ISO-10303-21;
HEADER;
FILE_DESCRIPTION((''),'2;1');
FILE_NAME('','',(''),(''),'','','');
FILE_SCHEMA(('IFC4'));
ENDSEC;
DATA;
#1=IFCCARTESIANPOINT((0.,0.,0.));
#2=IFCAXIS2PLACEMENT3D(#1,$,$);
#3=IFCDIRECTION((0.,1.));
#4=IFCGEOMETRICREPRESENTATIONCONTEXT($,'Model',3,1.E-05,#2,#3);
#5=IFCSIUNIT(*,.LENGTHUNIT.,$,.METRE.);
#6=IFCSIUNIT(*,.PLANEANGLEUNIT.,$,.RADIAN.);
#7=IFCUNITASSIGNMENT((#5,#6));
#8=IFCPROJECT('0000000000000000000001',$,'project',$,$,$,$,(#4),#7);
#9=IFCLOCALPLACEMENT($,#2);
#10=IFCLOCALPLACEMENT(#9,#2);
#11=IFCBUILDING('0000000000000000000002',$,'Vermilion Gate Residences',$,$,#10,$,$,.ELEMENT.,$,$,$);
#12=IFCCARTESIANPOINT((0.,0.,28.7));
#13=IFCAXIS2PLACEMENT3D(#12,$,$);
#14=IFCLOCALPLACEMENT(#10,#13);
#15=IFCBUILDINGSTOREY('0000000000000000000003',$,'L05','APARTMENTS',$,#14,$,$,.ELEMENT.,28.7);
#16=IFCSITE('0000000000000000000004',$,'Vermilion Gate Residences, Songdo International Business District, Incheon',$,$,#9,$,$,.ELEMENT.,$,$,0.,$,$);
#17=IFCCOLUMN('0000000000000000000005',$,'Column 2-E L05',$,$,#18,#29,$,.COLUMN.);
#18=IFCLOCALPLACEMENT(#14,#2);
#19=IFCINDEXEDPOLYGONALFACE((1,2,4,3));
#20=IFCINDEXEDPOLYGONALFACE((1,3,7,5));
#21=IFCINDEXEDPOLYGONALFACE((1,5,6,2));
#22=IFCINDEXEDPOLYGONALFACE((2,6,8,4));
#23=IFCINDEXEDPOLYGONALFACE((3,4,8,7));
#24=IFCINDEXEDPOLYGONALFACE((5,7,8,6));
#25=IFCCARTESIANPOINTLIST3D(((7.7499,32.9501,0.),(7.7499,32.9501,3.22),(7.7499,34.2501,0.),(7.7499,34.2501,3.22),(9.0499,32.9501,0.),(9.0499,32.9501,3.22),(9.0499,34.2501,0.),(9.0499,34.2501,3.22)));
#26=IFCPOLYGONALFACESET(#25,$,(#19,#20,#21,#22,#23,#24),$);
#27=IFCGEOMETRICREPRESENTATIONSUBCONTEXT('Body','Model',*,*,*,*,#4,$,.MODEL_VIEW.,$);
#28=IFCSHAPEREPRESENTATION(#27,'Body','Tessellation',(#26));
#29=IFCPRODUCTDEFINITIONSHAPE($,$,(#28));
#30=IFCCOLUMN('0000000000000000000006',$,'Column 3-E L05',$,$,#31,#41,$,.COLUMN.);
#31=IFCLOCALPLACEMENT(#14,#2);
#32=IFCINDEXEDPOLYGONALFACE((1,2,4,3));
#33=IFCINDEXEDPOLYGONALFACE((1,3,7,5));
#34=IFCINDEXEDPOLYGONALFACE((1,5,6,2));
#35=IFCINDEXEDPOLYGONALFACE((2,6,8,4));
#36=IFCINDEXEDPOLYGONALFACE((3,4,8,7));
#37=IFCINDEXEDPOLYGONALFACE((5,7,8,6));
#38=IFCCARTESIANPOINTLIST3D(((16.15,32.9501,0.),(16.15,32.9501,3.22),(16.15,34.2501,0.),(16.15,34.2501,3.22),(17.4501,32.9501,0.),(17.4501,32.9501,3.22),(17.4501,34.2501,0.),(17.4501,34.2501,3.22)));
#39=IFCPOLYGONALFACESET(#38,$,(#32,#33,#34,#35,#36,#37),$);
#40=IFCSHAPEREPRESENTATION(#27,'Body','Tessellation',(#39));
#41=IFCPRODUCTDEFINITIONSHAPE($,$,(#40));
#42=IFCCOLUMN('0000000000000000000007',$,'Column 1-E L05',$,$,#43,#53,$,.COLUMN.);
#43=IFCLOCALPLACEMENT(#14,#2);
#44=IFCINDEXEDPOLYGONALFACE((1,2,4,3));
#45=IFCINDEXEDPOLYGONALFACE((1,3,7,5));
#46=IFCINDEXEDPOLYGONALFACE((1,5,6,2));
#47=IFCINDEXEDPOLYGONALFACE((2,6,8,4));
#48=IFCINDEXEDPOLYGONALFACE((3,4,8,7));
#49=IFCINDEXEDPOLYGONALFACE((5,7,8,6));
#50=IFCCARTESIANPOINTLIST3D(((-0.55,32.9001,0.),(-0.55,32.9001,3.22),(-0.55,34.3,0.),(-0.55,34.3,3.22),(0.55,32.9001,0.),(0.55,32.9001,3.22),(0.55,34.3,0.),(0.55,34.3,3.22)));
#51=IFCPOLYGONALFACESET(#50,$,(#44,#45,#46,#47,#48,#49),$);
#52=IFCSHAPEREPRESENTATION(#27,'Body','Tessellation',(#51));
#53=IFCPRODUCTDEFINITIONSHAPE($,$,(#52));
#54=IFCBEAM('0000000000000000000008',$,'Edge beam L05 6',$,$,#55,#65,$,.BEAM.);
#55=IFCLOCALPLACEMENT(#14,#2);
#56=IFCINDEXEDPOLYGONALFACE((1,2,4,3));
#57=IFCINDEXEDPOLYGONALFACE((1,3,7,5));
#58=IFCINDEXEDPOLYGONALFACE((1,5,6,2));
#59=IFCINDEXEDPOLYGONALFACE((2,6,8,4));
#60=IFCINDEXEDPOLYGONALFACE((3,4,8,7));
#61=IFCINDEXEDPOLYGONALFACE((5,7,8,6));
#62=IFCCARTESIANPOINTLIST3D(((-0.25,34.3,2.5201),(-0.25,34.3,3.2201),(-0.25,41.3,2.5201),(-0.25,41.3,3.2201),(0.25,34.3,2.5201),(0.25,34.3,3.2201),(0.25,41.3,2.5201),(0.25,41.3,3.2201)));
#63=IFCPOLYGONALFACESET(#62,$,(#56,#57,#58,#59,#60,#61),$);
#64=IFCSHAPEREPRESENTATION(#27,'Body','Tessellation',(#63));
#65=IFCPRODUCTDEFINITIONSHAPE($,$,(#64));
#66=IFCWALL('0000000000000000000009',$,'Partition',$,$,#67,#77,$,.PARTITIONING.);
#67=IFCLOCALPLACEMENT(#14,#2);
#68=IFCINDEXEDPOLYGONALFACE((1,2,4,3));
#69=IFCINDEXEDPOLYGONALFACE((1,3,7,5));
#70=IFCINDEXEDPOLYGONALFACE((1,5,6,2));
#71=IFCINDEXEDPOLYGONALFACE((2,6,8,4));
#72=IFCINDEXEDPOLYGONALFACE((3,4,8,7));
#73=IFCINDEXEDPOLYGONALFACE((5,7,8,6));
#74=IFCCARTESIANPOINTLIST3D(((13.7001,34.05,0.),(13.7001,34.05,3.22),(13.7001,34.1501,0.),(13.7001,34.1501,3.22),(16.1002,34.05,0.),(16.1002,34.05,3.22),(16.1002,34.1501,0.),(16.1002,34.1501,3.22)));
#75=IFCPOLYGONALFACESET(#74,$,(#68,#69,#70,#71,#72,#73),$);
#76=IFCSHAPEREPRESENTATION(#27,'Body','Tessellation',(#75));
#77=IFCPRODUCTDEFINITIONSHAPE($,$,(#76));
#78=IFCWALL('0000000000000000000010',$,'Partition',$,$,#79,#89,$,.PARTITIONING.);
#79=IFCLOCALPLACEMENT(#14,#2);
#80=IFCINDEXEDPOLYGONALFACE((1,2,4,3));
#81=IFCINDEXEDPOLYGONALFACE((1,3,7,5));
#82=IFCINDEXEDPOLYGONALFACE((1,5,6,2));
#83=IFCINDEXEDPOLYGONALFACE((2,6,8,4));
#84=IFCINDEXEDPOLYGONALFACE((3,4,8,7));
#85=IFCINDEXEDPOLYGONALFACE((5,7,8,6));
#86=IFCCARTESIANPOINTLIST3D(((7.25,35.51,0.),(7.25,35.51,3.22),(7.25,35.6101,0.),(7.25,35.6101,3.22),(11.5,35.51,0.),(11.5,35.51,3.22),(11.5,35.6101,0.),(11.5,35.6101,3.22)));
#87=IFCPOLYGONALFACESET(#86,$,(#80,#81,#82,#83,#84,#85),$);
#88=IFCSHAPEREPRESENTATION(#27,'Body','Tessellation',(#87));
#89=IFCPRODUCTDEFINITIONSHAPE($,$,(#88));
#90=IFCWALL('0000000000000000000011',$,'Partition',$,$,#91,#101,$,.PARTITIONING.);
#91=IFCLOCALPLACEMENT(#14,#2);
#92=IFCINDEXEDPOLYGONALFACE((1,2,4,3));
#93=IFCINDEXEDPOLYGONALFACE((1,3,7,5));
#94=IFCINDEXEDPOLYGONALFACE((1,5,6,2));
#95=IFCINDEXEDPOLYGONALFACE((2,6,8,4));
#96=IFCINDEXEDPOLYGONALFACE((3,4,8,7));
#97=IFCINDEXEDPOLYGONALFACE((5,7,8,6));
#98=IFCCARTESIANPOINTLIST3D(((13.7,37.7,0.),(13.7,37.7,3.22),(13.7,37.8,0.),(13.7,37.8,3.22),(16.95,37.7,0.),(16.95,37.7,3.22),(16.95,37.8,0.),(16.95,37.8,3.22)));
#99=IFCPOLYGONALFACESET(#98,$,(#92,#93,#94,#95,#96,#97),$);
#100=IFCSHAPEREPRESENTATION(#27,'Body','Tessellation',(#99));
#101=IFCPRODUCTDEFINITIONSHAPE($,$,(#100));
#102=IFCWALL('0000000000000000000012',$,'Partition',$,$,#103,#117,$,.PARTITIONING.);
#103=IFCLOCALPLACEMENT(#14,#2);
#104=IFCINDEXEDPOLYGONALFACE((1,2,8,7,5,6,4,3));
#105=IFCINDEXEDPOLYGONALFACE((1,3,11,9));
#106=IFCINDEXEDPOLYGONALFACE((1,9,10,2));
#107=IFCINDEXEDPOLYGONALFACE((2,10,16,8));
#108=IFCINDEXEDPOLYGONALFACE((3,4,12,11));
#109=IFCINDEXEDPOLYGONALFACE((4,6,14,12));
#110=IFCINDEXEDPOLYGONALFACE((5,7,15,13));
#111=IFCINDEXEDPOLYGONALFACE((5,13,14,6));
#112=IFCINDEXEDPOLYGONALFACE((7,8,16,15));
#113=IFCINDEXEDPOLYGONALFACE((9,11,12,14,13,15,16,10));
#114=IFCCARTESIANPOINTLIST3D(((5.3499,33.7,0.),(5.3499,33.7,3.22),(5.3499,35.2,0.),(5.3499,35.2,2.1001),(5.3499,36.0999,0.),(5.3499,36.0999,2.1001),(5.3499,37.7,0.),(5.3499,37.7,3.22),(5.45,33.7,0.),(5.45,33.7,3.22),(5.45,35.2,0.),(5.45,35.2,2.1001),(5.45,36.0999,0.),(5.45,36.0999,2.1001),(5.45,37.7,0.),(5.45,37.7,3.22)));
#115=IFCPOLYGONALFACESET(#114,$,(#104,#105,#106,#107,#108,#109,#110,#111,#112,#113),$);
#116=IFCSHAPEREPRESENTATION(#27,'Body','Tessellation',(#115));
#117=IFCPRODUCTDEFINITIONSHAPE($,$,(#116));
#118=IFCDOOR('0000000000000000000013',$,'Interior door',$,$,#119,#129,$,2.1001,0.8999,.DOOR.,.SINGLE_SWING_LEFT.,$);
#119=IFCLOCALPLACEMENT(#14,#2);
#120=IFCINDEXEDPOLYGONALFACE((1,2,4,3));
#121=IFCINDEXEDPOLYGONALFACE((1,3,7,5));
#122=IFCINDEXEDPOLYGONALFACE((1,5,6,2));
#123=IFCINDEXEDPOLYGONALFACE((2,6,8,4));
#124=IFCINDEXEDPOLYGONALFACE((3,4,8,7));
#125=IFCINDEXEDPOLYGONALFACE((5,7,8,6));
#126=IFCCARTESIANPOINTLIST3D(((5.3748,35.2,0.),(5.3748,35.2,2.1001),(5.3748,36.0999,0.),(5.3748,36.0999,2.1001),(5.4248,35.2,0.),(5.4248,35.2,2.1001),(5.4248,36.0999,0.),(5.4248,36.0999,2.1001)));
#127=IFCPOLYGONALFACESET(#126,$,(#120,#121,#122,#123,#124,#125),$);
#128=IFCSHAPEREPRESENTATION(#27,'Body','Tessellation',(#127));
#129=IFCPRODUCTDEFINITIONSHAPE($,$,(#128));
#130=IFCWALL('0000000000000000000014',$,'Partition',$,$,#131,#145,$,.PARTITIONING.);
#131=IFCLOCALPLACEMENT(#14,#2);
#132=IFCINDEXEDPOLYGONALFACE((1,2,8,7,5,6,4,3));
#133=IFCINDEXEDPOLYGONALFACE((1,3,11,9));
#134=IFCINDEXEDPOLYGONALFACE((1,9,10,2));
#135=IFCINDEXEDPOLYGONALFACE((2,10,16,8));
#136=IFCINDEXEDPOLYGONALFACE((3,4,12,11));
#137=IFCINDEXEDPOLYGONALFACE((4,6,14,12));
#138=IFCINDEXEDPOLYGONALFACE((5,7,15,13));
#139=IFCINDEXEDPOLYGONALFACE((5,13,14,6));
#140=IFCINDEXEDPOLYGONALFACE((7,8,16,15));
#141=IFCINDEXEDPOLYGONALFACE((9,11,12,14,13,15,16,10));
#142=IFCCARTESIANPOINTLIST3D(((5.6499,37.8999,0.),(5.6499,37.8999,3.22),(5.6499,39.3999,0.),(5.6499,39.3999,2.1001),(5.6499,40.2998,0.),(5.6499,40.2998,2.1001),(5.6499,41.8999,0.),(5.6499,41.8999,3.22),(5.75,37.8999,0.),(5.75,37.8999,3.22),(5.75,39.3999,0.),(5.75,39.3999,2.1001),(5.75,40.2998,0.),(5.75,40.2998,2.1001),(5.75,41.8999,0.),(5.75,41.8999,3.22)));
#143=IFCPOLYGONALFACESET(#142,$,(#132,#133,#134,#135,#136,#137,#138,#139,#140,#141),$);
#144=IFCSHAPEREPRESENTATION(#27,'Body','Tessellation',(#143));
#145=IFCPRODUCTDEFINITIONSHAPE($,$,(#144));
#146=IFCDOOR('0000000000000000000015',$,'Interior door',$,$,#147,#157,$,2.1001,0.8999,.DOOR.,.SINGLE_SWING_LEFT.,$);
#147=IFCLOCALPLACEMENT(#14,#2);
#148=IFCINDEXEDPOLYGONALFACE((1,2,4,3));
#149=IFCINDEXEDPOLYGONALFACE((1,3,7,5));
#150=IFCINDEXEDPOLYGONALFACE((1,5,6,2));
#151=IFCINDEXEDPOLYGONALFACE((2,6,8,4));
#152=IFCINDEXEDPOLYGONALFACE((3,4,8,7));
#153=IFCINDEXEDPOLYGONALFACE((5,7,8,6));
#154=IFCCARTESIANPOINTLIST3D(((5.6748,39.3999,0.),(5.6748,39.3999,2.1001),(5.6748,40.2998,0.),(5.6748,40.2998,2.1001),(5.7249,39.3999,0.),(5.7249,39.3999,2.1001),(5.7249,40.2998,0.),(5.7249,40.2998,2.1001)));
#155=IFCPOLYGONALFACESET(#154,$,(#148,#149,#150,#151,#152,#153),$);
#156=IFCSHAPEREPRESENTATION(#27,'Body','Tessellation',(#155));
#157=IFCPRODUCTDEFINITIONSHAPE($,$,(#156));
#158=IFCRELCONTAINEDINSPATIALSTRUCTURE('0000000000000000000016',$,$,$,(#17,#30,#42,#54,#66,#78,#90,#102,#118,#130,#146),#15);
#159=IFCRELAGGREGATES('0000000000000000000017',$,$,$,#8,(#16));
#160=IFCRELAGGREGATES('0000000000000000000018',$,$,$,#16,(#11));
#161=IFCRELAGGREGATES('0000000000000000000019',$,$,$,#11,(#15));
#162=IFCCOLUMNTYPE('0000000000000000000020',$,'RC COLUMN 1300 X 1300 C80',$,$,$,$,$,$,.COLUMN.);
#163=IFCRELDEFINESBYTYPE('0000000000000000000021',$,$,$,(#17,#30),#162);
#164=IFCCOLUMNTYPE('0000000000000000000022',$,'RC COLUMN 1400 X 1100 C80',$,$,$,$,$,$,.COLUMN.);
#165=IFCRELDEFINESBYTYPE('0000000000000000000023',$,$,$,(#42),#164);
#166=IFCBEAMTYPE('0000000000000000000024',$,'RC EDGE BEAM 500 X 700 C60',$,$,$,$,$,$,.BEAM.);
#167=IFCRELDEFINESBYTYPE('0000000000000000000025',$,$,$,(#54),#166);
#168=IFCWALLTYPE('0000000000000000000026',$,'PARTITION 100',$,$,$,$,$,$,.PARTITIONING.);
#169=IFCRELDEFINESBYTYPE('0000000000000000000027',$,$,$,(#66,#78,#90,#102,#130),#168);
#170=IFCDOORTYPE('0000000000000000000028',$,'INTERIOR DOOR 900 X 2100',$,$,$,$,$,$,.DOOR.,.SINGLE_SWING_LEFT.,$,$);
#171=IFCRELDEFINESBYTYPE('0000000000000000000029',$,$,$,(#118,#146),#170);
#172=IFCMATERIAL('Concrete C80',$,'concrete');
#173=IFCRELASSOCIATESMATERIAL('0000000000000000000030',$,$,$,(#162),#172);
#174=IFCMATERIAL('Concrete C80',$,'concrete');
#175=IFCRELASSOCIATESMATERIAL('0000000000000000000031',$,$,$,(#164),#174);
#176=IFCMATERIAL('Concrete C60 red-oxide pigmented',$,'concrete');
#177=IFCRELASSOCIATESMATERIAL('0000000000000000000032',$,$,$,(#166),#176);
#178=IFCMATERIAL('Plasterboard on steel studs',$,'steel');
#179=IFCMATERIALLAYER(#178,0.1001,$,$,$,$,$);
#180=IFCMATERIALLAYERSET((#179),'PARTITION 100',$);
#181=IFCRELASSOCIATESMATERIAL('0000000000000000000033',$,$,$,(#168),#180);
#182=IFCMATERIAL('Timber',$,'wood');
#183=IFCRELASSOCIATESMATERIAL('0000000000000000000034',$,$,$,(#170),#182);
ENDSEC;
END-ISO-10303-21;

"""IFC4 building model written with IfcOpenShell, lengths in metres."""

from ifc_helpers import new_model, si_unit, direction, frame, frame_2d, origin, origin_2d, place, context, subcontext, project, spatial, rectangle, extrude, material, layer, layer_set, material_profile, profile_set, type_object, element, fill, save


model = new_model("IFC4")

# Units and contexts
model_context = context("Model", 3, precision=1e-05, world=origin(), true_north=direction((0.0, 1.0)))
body_context = subcontext(model_context, "Body", "Model", "MODEL_VIEW")
ifc_project = project(units=[si_unit("LENGTHUNIT", "METRE"), si_unit("PLANEANGLEUNIT", "RADIAN")], contexts=[model_context])

# Site, building, storey
site_placement = place(None, origin())
site = spatial("IfcSite", under=ifc_project, at=site_placement, Name="Vermilion Gate Residences, Songdo International Business District, Incheon", CompositionType="ELEMENT", RefElevation=0.0)
building_placement = place(site_placement, origin())
building = spatial("IfcBuilding", under=site, at=building_placement, Name="Vermilion Gate Residences", CompositionType="ELEMENT")
storey_placement = place(building_placement, frame((0.0, 0.0, 28.7)))
storey = spatial("IfcBuildingStorey", under=building, at=storey_placement, Name="L05", Description="APARTMENTS", CompositionType="ELEMENT", Elevation=28.7)

# Columns
ifc_material_1 = material(Name="Concrete C80", Category="concrete")
ifc_material_profile_1 = material_profile(ifc_material_1, rectangle(XDim=1.3, YDim=1.3, at=origin_2d()), Name="RC-1300x1300")
ifc_profile_set_1 = profile_set([ifc_material_profile_1], Name="Concrete C80")
column_type_1 = type_object("IfcColumnType", Name="RC COLUMN 1300 X 1300 C80", PredefinedType="COLUMN", material=ifc_profile_set_1)
for number, where, z_axis, x_axis, name in (
    (1, (8.3999, 33.6001, 0.0), (0.0, 0.0, 1.0), (1.0, 0.0, 0.0), "Column 2-E L05"),
    (2, (16.8, 33.6001, 0.0), (0.0, 0.0, 1.0), (1.0, 0.0, 0.0), "Column 3-E L05"),
):
    element("IfcColumn", number, at=place(storey_placement, frame(where, z_axis=z_axis, x_axis=x_axis)), inside=storey, type_object=column_type_1, Name=name, PredefinedType="COLUMN", context=body_context, shape_type="SweptSolid", body=[
        extrude(rectangle(XDim=1.3, YDim=1.3, at=origin_2d()), origin(), (0.0, 0.0, 1.0), 3.22),
    ])
ifc_material_2 = material(Name="Concrete C80", Category="concrete")
ifc_material_profile_2 = material_profile(ifc_material_2, rectangle(XDim=1.3999, YDim=1.1001, at=origin_2d()), Name="RC-1400x1100")
ifc_profile_set_2 = profile_set([ifc_material_profile_2], Name="Concrete C80")
column_type_2 = type_object("IfcColumnType", Name="RC COLUMN 1400 X 1100 C80", PredefinedType="COLUMN", material=ifc_profile_set_2)
column_placement = place(storey_placement, frame((0.0, 33.6001, 0.0), z_axis=(0.0, 0.0, 1.0), x_axis=(0.0, 1.0, 0.0)))
element("IfcColumn", 3, at=column_placement, inside=storey, type_object=column_type_2, Name="Column 1-E L05", PredefinedType="COLUMN", context=body_context, shape_type="SweptSolid", body=[
    extrude(rectangle(XDim=1.3999, YDim=1.1001, at=origin_2d()), origin(), (0.0, 0.0, 1.0), 3.22),
])

# Beam
ifc_material_3 = material(Name="Concrete C60 red-oxide pigmented", Category="concrete")
ifc_material_profile_3 = material_profile(ifc_material_3, rectangle(XDim=0.5, YDim=0.7, at=origin_2d()), Name="RC-500x700")
ifc_profile_set_3 = profile_set([ifc_material_profile_3], Name="Concrete C60 red-oxide pigmented")
beam_type = type_object("IfcBeamType", Name="RC EDGE BEAM 500 X 700 C60", PredefinedType="BEAM", material=ifc_profile_set_3)
beam_placement = place(storey_placement, frame((0.0, 34.3, 2.8701), z_axis=(0.0, 1.0, 0.0), x_axis=(-1.0, 0.0, 0.0)))
element("IfcBeam", 4, at=beam_placement, inside=storey, type_object=beam_type, Name="Edge beam L05 6", PredefinedType="BEAM", context=body_context, shape_type="SweptSolid", body=[
    extrude(rectangle(XDim=0.5, YDim=0.7, at=origin_2d()), origin(), (0.0, 0.0, 1.0), 7.0),
])

# Walls
ifc_material_4 = material(Name="Plasterboard on steel studs", Category="steel")
ifc_layer_1 = layer(ifc_material_4, 0.1001)
ifc_layer_set_1 = layer_set([ifc_layer_1], Name="PARTITION 100")
wall_type_1 = type_object("IfcWallType", Name="PARTITION 100", PredefinedType="PARTITIONING", material=ifc_layer_set_1)
wall_1_placement = place(storey_placement, frame((13.7, 34.1001, 0.0), z_axis=(0.0, 0.0, 1.0), x_axis=(1.0, 0.0, 0.0)))
element("IfcWall", 5, at=wall_1_placement, inside=storey, type_object=wall_type_1, Name="Partition", PredefinedType="PARTITIONING", context=body_context, shape_type="SweptSolid", body=[
    extrude(rectangle(XDim=2.4001, YDim=0.1001, at=frame_2d((1.2002, 0.0))), origin(), (0.0, 0.0, 1.0), 3.22),
])
wall_2_placement = place(storey_placement, frame((7.25, 35.5601, 0.0), z_axis=(0.0, 0.0, 1.0), x_axis=(1.0, 0.0, 0.0)))
element("IfcWall", 6, at=wall_2_placement, inside=storey, type_object=wall_type_1, Name="Partition", PredefinedType="PARTITIONING", context=body_context, shape_type="SweptSolid", body=[
    extrude(rectangle(XDim=4.25, YDim=0.1001, at=frame_2d((2.125, 0.0))), origin(), (0.0, 0.0, 1.0), 3.22),
])
wall_3_placement = place(storey_placement, frame((13.7, 37.75, 0.0), z_axis=(0.0, 0.0, 1.0), x_axis=(1.0, 0.0, 0.0)))
element("IfcWall", 7, at=wall_3_placement, inside=storey, type_object=wall_type_1, Name="Partition", PredefinedType="PARTITIONING", context=body_context, shape_type="SweptSolid", body=[
    extrude(rectangle(XDim=3.25, YDim=0.1001, at=frame_2d((1.625, 0.0))), origin(), (0.0, 0.0, 1.0), 3.22),
])

# Walls, openings, doors
wall_4_placement = place(storey_placement, frame((5.3999, 33.7, 0.0), z_axis=(0.0, 0.0, 1.0), x_axis=(0.0, 1.0, 0.0)))
wall_4 = element("IfcWall", 8, at=wall_4_placement, inside=storey, type_object=wall_type_1, Name="Partition", PredefinedType="PARTITIONING", context=body_context, shape_type="SweptSolid", body=[
    extrude(rectangle(XDim=4.0, YDim=0.1001, at=frame_2d((2.0, 0.0))), origin(), (0.0, 0.0, 1.0), 3.22),
])
opening_1_placement = place(wall_4_placement, frame((1.5, 0.0, 0.0)))
opening_1 = element("IfcOpeningElement", 9, at=opening_1_placement, cuts=wall_4, PredefinedType="OPENING", context=body_context, shape_type="SweptSolid", body=[
    extrude(rectangle(XDim=0.8999, YDim=2.1001, at=frame_2d((0.45, 1.05))), frame((0.0, 0.0601, 0.0), z_axis=(0.0, -1.0, 0.0), x_axis=(1.0, 0.0, 0.0)), (0.0, 0.0, 1.0), 0.1201),
])
ifc_material_5 = material(Name="Timber", Category="wood")
door_type = type_object("IfcDoorType", Name="INTERIOR DOOR 900 X 2100", OperationType="SINGLE_SWING_LEFT", PredefinedType="DOOR", material=ifc_material_5)
door_1_placement = place(opening_1_placement, frame((0.8999, 0.0, 0.0), z_axis=(0.0, 0.0, 1.0), x_axis=(-1.0, 0.0, 0.0)))
door_1 = element("IfcDoor", 10, at=door_1_placement, inside=storey, type_object=door_type, Name="Interior door", OperationType="SINGLE_SWING_LEFT", OverallHeight=2.1001, OverallWidth=0.8999, PredefinedType="DOOR", context=body_context, shape_type="SweptSolid", body=[
    extrude(rectangle(XDim=0.8999, YDim=2.1001, at=frame_2d((0.45, 1.05))), frame((0.0, 0.0249, 0.0), z_axis=(0.0, -1.0, 0.0), x_axis=(1.0, 0.0, 0.0)), (0.0, 0.0, 1.0), 0.05),
])
fill(opening_1, door_1)
wall_5_placement = place(storey_placement, frame((5.7, 37.8999, 0.0), z_axis=(0.0, 0.0, 1.0), x_axis=(0.0, 1.0, 0.0)))
wall_5 = element("IfcWall", 11, at=wall_5_placement, inside=storey, type_object=wall_type_1, Name="Partition", PredefinedType="PARTITIONING", context=body_context, shape_type="SweptSolid", body=[
    extrude(rectangle(XDim=4.0, YDim=0.1001, at=frame_2d((2.0, 0.0))), origin(), (0.0, 0.0, 1.0), 3.22),
])
opening_2_placement = place(wall_5_placement, frame((1.5, 0.0, 0.0)))
opening_2 = element("IfcOpeningElement", 12, at=opening_2_placement, cuts=wall_5, PredefinedType="OPENING", context=body_context, shape_type="SweptSolid", body=[
    extrude(rectangle(XDim=0.8999, YDim=2.1001, at=frame_2d((0.45, 1.05))), frame((0.0, 0.0601, 0.0), z_axis=(0.0, -1.0, 0.0), x_axis=(1.0, 0.0, 0.0)), (0.0, 0.0, 1.0), 0.1201),
])
door_2_placement = place(opening_2_placement, frame((0.8999, 0.0, 0.0), z_axis=(0.0, 0.0, 1.0), x_axis=(-1.0, 0.0, 0.0)))
door_2 = element("IfcDoor", 13, at=door_2_placement, inside=storey, type_object=door_type, Name="Interior door", OperationType="SINGLE_SWING_LEFT", OverallHeight=2.1001, OverallWidth=0.8999, PredefinedType="DOOR", context=body_context, shape_type="SweptSolid", body=[
    extrude(rectangle(XDim=0.8999, YDim=2.1001, at=frame_2d((0.45, 1.05))), frame((0.0, 0.0249, 0.0), z_axis=(0.0, -1.0, 0.0), x_axis=(1.0, 0.0, 0.0)), (0.0, 0.0, 1.0), 0.05),
])
fill(opening_2, door_2)

save(model, "model.ifc")
